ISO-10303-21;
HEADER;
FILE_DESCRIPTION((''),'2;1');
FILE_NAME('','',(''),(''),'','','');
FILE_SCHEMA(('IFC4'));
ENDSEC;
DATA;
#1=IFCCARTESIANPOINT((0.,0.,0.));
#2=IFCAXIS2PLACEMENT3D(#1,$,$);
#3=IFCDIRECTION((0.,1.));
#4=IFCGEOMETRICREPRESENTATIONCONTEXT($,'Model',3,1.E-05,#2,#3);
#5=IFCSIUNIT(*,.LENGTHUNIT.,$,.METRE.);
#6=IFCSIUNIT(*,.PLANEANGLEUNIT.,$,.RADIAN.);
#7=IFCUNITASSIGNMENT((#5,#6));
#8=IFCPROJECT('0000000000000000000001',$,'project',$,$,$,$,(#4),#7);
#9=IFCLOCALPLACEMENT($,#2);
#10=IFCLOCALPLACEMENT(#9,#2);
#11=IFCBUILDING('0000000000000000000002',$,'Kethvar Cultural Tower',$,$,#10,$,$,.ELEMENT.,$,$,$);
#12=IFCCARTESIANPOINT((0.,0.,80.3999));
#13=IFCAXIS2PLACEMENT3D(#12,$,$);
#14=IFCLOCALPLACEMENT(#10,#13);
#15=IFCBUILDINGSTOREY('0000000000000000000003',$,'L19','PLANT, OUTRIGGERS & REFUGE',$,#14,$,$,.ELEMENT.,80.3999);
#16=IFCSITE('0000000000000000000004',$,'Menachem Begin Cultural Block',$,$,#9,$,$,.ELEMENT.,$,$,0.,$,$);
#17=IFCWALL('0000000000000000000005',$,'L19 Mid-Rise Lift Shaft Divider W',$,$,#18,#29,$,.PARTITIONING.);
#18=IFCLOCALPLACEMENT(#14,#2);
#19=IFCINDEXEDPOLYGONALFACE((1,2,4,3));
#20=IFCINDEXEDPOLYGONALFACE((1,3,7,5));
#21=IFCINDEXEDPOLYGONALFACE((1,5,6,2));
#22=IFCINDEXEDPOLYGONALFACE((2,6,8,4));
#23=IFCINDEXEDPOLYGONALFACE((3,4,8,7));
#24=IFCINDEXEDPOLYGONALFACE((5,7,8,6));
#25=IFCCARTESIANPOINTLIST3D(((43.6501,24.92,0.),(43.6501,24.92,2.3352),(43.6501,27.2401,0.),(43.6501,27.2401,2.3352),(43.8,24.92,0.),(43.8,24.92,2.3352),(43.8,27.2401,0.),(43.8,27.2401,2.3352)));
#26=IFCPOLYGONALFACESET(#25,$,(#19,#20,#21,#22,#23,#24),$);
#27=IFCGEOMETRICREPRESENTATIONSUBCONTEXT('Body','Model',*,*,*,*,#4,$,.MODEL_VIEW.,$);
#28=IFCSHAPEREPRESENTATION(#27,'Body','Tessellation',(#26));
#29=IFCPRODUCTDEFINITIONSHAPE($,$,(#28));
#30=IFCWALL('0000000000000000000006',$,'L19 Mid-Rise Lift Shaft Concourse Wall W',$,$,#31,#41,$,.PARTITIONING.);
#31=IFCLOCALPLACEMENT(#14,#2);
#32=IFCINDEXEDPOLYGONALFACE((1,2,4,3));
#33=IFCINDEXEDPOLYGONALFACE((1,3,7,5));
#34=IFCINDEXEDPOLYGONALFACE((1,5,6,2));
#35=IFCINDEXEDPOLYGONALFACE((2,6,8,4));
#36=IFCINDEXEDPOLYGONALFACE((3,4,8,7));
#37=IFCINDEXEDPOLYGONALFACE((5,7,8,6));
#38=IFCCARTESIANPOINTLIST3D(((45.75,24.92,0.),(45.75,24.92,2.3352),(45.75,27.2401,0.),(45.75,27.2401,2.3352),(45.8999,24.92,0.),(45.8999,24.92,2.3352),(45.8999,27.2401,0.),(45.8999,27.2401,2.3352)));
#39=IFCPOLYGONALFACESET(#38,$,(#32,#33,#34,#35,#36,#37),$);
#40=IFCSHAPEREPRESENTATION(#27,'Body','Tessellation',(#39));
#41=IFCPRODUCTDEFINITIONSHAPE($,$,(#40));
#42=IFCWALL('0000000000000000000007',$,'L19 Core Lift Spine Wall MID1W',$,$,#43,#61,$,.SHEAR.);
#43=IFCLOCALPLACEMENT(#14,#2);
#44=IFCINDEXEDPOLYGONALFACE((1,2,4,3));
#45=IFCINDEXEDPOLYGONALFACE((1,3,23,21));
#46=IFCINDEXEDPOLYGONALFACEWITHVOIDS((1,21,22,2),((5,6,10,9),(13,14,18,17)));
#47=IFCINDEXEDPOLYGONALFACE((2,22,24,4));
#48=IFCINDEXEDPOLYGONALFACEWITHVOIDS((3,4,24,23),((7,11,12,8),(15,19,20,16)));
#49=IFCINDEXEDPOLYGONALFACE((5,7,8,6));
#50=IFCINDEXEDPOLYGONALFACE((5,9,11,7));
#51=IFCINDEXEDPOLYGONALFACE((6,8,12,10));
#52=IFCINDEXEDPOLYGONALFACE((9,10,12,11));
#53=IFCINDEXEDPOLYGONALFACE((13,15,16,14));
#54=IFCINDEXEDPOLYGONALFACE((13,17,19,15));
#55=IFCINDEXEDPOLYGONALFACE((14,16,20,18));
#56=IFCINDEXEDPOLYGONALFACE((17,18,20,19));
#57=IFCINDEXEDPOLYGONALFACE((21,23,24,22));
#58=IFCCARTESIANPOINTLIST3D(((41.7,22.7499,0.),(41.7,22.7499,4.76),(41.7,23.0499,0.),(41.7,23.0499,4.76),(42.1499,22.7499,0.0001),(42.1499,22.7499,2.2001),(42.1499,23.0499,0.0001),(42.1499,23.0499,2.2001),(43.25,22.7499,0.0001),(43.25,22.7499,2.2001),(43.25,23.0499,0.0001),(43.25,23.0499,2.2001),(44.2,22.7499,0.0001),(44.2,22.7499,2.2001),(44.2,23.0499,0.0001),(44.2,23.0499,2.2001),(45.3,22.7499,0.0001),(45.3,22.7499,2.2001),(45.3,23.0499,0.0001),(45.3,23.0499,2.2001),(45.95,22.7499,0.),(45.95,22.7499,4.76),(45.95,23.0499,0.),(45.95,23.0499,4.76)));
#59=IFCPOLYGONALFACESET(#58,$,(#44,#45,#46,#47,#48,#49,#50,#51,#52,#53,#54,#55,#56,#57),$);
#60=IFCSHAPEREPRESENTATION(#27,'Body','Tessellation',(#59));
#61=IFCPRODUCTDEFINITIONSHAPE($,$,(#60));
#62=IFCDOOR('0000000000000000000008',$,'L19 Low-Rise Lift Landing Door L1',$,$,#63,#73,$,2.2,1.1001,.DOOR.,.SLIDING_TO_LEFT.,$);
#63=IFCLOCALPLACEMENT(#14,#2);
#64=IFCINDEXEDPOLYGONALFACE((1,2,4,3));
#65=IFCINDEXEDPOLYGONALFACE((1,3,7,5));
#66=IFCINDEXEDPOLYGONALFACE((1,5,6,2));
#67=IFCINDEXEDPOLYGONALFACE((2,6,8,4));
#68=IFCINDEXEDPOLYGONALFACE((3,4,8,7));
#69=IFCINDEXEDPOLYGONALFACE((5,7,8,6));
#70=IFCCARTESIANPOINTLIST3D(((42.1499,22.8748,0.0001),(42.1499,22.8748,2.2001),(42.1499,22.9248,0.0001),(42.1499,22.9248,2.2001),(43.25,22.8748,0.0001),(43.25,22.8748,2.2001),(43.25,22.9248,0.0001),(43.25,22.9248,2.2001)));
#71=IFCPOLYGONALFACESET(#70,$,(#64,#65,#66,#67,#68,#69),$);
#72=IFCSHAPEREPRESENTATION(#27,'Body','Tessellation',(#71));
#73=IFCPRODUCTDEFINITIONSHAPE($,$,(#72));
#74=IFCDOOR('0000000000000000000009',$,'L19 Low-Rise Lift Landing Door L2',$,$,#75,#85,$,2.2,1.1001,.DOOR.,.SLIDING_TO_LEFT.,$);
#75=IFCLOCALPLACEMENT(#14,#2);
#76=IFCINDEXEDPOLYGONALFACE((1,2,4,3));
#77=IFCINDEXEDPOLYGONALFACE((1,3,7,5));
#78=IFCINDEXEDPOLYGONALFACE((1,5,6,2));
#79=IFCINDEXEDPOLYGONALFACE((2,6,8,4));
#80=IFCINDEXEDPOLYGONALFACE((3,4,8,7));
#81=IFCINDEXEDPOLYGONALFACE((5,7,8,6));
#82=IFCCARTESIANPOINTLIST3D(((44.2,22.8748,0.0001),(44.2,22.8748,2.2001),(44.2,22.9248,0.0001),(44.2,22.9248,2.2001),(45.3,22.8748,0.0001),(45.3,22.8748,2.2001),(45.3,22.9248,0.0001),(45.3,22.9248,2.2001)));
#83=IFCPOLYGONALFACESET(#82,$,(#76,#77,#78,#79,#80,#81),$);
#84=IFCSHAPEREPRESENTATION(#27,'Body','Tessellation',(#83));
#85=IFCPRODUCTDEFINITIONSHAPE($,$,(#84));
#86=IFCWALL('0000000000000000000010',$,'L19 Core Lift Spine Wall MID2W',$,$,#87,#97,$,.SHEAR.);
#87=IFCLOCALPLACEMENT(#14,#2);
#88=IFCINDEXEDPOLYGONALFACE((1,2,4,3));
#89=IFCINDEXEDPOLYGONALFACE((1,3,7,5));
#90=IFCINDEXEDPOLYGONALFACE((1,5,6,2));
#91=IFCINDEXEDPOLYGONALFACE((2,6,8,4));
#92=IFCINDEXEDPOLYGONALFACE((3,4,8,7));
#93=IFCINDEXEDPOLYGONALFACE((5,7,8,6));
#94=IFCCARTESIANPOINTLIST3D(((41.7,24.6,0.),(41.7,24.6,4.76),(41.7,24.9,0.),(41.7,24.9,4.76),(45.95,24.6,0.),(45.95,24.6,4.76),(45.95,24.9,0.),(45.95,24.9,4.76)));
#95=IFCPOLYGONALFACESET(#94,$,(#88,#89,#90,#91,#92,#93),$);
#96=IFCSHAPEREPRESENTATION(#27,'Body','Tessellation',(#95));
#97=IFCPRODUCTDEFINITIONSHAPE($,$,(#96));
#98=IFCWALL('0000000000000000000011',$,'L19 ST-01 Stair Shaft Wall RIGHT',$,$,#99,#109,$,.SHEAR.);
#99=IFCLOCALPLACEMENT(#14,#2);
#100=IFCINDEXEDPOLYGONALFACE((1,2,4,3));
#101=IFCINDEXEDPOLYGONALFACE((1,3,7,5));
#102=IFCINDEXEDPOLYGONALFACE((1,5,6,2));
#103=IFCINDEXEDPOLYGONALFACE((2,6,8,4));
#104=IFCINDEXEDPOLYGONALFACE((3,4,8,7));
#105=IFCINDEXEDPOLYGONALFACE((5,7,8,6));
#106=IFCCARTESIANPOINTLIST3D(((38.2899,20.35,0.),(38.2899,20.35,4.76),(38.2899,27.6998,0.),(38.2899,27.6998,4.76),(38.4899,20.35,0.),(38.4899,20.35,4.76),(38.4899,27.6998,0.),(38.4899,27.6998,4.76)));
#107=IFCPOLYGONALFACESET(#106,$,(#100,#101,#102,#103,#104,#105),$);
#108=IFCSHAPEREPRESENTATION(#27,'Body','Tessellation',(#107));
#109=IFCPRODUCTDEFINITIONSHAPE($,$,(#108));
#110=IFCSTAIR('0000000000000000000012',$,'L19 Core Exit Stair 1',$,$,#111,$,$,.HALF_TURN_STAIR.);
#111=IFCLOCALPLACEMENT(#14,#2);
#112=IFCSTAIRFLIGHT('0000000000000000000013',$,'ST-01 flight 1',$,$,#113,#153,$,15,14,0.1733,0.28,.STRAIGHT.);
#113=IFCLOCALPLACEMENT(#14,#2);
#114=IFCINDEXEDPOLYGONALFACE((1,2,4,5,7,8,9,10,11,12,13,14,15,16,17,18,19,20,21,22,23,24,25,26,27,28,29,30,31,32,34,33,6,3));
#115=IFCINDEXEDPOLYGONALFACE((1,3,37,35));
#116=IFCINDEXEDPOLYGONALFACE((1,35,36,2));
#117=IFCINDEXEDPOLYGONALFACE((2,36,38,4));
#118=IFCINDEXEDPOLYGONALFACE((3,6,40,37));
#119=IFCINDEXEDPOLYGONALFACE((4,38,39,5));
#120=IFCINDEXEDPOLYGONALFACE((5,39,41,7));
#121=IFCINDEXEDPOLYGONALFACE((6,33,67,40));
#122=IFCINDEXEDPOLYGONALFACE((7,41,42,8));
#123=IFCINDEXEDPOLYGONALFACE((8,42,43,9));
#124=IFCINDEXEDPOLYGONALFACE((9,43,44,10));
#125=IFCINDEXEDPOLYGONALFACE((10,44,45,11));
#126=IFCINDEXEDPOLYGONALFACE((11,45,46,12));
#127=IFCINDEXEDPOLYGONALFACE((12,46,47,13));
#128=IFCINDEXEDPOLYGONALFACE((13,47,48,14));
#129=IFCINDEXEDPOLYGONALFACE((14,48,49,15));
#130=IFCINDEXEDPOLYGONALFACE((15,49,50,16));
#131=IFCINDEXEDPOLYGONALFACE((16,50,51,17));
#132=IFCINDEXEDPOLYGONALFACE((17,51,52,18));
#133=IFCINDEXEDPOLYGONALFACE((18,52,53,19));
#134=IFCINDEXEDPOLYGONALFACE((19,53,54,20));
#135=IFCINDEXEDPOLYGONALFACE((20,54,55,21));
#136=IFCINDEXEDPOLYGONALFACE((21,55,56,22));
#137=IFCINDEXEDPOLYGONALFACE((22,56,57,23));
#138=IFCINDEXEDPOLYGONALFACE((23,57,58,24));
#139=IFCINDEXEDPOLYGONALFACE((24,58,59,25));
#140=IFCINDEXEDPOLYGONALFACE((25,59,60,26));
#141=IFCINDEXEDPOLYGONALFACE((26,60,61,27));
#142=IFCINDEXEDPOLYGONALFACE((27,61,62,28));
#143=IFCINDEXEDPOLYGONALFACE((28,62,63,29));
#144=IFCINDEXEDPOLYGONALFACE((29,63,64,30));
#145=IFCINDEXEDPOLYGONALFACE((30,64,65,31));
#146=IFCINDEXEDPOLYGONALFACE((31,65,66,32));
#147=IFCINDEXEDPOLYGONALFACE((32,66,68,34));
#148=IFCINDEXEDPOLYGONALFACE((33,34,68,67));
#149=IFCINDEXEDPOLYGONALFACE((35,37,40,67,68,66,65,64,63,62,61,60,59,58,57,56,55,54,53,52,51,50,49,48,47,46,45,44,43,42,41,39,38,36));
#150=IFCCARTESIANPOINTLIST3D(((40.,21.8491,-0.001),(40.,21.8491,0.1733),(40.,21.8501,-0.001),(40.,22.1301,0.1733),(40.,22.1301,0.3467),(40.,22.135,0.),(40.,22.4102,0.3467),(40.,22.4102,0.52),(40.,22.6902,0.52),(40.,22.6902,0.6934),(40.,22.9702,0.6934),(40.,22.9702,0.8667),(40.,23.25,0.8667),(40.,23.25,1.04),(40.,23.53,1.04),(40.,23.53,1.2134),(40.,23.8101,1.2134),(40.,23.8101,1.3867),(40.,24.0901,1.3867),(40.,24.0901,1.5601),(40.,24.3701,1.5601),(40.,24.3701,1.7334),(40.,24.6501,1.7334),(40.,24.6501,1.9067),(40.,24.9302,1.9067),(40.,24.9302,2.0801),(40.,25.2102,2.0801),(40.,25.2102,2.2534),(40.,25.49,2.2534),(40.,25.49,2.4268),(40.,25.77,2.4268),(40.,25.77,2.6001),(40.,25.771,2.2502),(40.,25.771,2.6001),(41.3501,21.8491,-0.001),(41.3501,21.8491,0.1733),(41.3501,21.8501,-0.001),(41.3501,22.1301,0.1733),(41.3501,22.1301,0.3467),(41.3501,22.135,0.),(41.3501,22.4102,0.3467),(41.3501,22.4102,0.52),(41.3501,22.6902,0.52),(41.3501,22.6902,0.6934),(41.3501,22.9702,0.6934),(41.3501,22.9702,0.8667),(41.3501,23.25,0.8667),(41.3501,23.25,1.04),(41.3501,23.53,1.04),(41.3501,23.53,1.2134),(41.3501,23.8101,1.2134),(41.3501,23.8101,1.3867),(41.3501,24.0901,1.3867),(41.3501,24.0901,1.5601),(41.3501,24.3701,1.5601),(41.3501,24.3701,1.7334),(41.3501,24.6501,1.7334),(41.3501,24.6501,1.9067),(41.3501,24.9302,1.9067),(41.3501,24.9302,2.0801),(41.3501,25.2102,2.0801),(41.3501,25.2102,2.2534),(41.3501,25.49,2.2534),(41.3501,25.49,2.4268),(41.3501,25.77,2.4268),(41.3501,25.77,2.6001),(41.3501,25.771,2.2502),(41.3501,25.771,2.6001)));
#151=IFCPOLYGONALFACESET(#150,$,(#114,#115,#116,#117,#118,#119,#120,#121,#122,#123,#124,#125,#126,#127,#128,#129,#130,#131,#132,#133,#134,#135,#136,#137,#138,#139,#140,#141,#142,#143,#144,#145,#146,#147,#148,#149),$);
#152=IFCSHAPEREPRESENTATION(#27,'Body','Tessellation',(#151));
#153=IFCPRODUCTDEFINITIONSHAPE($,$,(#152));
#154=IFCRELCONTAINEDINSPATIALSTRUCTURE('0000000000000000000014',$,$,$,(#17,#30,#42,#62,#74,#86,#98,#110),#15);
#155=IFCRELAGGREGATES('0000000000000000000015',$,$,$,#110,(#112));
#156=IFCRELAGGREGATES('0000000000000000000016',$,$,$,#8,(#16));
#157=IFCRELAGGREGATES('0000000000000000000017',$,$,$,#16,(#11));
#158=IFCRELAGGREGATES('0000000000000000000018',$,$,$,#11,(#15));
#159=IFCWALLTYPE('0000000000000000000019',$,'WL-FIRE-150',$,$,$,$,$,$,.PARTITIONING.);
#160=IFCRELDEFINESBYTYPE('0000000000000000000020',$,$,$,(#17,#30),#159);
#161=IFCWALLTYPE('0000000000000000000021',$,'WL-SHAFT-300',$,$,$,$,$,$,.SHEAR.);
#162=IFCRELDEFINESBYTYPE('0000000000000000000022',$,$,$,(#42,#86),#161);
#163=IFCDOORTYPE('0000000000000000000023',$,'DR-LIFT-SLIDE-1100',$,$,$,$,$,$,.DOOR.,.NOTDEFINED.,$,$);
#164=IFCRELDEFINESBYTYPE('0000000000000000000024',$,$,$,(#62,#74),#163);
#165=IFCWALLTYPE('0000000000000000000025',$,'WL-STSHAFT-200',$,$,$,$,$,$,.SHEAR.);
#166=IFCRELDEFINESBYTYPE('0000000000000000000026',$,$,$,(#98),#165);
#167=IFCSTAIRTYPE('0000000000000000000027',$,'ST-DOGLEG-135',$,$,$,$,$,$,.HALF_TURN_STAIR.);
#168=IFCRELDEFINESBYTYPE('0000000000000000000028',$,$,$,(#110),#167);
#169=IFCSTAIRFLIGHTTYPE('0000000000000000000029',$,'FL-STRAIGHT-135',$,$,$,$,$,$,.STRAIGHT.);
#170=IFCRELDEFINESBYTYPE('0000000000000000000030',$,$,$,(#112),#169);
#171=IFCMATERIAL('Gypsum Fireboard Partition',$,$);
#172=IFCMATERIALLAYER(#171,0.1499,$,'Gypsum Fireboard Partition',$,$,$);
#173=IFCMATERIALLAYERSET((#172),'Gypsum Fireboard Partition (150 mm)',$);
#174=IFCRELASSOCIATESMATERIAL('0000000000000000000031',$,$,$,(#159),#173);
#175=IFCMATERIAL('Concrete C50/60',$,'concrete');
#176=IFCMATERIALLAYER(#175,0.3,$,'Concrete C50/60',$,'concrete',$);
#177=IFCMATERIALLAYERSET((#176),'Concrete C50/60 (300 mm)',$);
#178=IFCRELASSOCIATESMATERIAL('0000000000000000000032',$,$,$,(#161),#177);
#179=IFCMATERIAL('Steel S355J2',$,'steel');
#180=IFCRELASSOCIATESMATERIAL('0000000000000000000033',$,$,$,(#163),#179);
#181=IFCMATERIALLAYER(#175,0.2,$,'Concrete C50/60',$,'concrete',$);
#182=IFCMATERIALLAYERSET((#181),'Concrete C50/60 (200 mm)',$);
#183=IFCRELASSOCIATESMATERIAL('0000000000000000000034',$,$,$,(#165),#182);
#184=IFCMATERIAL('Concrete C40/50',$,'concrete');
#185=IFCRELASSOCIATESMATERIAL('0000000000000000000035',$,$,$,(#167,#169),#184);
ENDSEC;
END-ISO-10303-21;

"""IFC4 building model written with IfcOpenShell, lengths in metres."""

from ifc_helpers import new_model, si_unit, direction, frame, frame_2d, origin, place, context, subcontext, project, spatial, polyline, rectangle, outline, extrude, source, transform, mapped, material, layer, layer_set, type_object, element, fill, aggregate, save


model = new_model("IFC4")

# Units and contexts
model_context = context("Model", 3, precision=1e-05, world=origin(), true_north=direction((0.0, 1.0)))
body_context = subcontext(model_context, "Body", "Model", "MODEL_VIEW")
ifc_project = project(units=[si_unit("LENGTHUNIT", "METRE"), si_unit("PLANEANGLEUNIT", "RADIAN")], contexts=[model_context])

# Site, building, storey
site_placement = place(None, origin())
site = spatial("IfcSite", under=ifc_project, at=site_placement, Name="Menachem Begin Cultural Block", CompositionType="ELEMENT", RefElevation=0.0)
building_placement = place(site_placement, origin())
building = spatial("IfcBuilding", under=site, at=building_placement, Name="Kethvar Cultural Tower", CompositionType="ELEMENT")
storey_placement = place(building_placement, frame((0.0, 0.0, 80.3999)))
storey = spatial("IfcBuildingStorey", under=building, at=storey_placement, Name="L19", Description="PLANT, OUTRIGGERS & REFUGE", CompositionType="ELEMENT", Elevation=80.3999)

# Shared definitions
ifc_material_1 = material(Name="Gypsum Fireboard Partition")
ifc_layer_1 = layer(ifc_material_1, 0.1499, Name="Gypsum Fireboard Partition")
ifc_layer_set_1 = layer_set([ifc_layer_1], Name="Gypsum Fireboard Partition (150 mm)")
wall_type_1 = type_object("IfcWallType", Name="WL-FIRE-150", PredefinedType="PARTITIONING", material=ifc_layer_set_1)
ifc_material_2 = material(Name="Steel S355J2", Category="steel")

# Walls
for number, where, z_axis, x_axis, name in (
    (1, (43.7251, 24.9199, 0.0), (0.0, 0.0, 1.0), (0.0, 1.0, 0.0), "L19 Mid-Rise Lift Shaft Divider W"),
    (2, (45.825, 24.9199, 0.0), (0.0, 0.0, 1.0), (0.0, 1.0, 0.0), "L19 Mid-Rise Lift Shaft Concourse Wall W"),
):
    element("IfcWall", number, at=place(storey_placement, frame(where, z_axis=z_axis, x_axis=x_axis)), inside=storey, type_object=wall_type_1, Name=name, PredefinedType="PARTITIONING", context=body_context, shape_type="SweptSolid", body=[
        extrude(rectangle(XDim=2.3201, YDim=0.1499, at=frame_2d((1.1602, 0.0))), origin(), (0.0, 0.0, 1.0), 2.3352),
    ])

# Wall, openings, doors
ifc_material_3 = material(Name="Concrete C50/60", Category="concrete")
ifc_layer_2 = layer(ifc_material_3, 0.3, Name="Concrete C50/60", Category="concrete")
ifc_layer_set_2 = layer_set([ifc_layer_2], Name="Concrete C50/60 (300 mm)")
wall_type_2 = type_object("IfcWallType", Name="WL-SHAFT-300", PredefinedType="SHEAR", material=ifc_layer_set_2)
wall_1_placement = place(storey_placement, frame((41.7, 22.8999, 0.0), z_axis=(0.0, 0.0, 1.0), x_axis=(1.0, 0.0, 0.0)))
wall_1 = element("IfcWall", 3, at=wall_1_placement, inside=storey, type_object=wall_type_2, Name="L19 Core Lift Spine Wall MID1W", PredefinedType="SHEAR", context=body_context, shape_type="SweptSolid", body=[
    extrude(rectangle(XDim=4.25, YDim=0.3, at=frame_2d((2.125, 0.0))), origin(), (0.0, 0.0, 1.0), 4.76),
])
opening_1_placement = place(wall_1_placement, frame((0.45, 0.0, 0.0)))
opening_1 = element("IfcOpeningElement", 4, at=opening_1_placement, cuts=wall_1, PredefinedType="OPENING", context=body_context, shape_type="SweptSolid", body=[
    extrude(rectangle(XDim=1.1001, YDim=2.2, at=frame_2d((0.55, 1.1001))), frame((0.0, 0.1599, 0.0), z_axis=(0.0, -1.0, 0.0), x_axis=(1.0, 0.0, 0.0)), (0.0, 0.0, 1.0), 0.3201),
])
opening_2_placement = place(wall_1_placement, frame((2.5, 0.0, 0.0)))
opening_2 = element("IfcOpeningElement", 5, at=opening_2_placement, cuts=wall_1, PredefinedType="OPENING", context=body_context, shape_type="SweptSolid", body=[
    extrude(rectangle(XDim=1.1001, YDim=2.2, at=frame_2d((0.55, 1.1001))), frame((0.0, 0.1599, 0.0), z_axis=(0.0, -1.0, 0.0), x_axis=(1.0, 0.0, 0.0)), (0.0, 0.0, 1.0), 0.3201),
])
door_type_1 = type_object("IfcDoorType", Name="DR-LIFT-SLIDE-1100", OperationType="NOTDEFINED", PredefinedType="DOOR", material=ifc_material_2)
shared_shape_1 = source(origin(), body_context, "Body", "SweptSolid", [
    extrude(rectangle(XDim=1.1001, YDim=2.2, at=frame_2d((0.55, 1.1001))), frame((0.0, 0.0249, 0.0), z_axis=(0.0, -1.0, 0.0), x_axis=(1.0, 0.0, 0.0)), (0.0, 0.0, 1.0), 0.05),
])
door_1_placement = place(opening_1_placement, origin())
door_1 = element("IfcDoor", 6, at=door_1_placement, inside=storey, type_object=door_type_1, Name="L19 Low-Rise Lift Landing Door L1", OperationType="SLIDING_TO_LEFT", OverallHeight=2.2, OverallWidth=1.1001, PredefinedType="DOOR", context=body_context, shape_type="MappedRepresentation", body=[
    mapped(shared_shape_1, transform((0.0, 0.0, 0.0), scale=1.0)),
])
fill(opening_1, door_1)
door_2_placement = place(opening_2_placement, origin())
door_2 = element("IfcDoor", 7, at=door_2_placement, inside=storey, type_object=door_type_1, Name="L19 Low-Rise Lift Landing Door L2", OperationType="SLIDING_TO_LEFT", OverallHeight=2.2, OverallWidth=1.1001, PredefinedType="DOOR", context=body_context, shape_type="MappedRepresentation", body=[
    mapped(shared_shape_1, transform((0.0, 0.0, 0.0), scale=1.0)),
])
fill(opening_2, door_2)

# Walls
wall_2_placement = place(storey_placement, frame((41.7, 24.75, 0.0), z_axis=(0.0, 0.0, 1.0), x_axis=(1.0, 0.0, 0.0)))
element("IfcWall", 8, at=wall_2_placement, inside=storey, type_object=wall_type_2, Name="L19 Core Lift Spine Wall MID2W", PredefinedType="SHEAR", context=body_context, shape_type="SweptSolid", body=[
    extrude(rectangle(XDim=4.25, YDim=0.3, at=frame_2d((2.125, 0.0))), origin(), (0.0, 0.0, 1.0), 4.76),
])
ifc_layer_3 = layer(ifc_material_3, 0.2, Name="Concrete C50/60", Category="concrete")
ifc_layer_set_3 = layer_set([ifc_layer_3], Name="Concrete C50/60 (200 mm)")
wall_type_3 = type_object("IfcWallType", Name="WL-STSHAFT-200", PredefinedType="SHEAR", material=ifc_layer_set_3)
wall_3_placement = place(storey_placement, frame((38.3899, 20.3501, 0.0), z_axis=(0.0, 0.0, 1.0), x_axis=(0.0, 1.0, 0.0)))
element("IfcWall", 9, at=wall_3_placement, inside=storey, type_object=wall_type_3, Name="L19 ST-01 Stair Shaft Wall RIGHT", PredefinedType="SHEAR", context=body_context, shape_type="SweptSolid", body=[
    extrude(rectangle(XDim=7.3499, YDim=0.2, at=frame_2d((3.6748, 0.0))), origin(), (0.0, 0.0, 1.0), 4.76),
])

# Stair, stair flight
ifc_material_4 = material(Name="Concrete C40/50", Category="concrete")
stair_type = type_object("IfcStairType", Name="ST-DOGLEG-135", PredefinedType="HALF_TURN_STAIR", material=ifc_material_4)
stair_placement = place(storey_placement, origin())
stair = element("IfcStair", 10, at=stair_placement, inside=storey, type_object=stair_type, Name="L19 Core Exit Stair 1", PredefinedType="HALF_TURN_STAIR")
stair_flight_type = type_object("IfcStairFlightType", Name="FL-STRAIGHT-135", PredefinedType="STRAIGHT", material=ifc_material_4)
stair_flight_1_placement = place(storey_placement, frame((40.675, 21.8501, 0.0), z_axis=(0.0, 0.0, 1.0), x_axis=(0.0, 1.0, 0.0)))
stair_flight_1 = element("IfcStairFlight", 11, at=stair_flight_1_placement, type_object=stair_flight_type, Name="ST-01 flight 1", NumberOfRisers=15, NumberOfTreads=14, PredefinedType="STRAIGHT", RiserHeight=0.1733, TreadLength=0.28, context=body_context, shape_type="SweptSolid", body=[
    extrude(outline(polyline([(-0.001, -0.001), (-0.001, 0.1733), (0.28, 0.1733), (0.28, 0.3467), (0.5601, 0.3467), (0.5601, 0.52), (0.8401, 0.52), (0.8401, 0.6934), (1.1201, 0.6934), (1.1201, 0.8667), (1.3999, 0.8667), (1.3999, 1.04), (1.6799, 1.04), (1.6799, 1.2134), (1.96, 1.2134), (1.96, 1.3867), (2.24, 1.3867), (2.24, 1.5601), (2.52, 1.5601), (2.52, 1.7334), (2.8, 1.7334), (2.8, 1.9067), (3.0801, 1.9067), (3.0801, 2.0801), (3.3601, 2.0801), (3.3601, 2.2534), (3.6399, 2.2534), (3.6399, 2.4268), (3.9199, 2.4268), (3.9199, 2.6001), (3.9209, 2.6001), (3.9209, 2.2502), (0.2849, 0.0), (0.0, -0.001), (-0.001, -0.001)])), frame((0.0, 0.675, 0.0), z_axis=(0.0, -1.0, 0.0), x_axis=(1.0, 0.0, 0.0)), (0.0, 0.0, 1.0), 1.3501),
])
aggregate(stair, [stair_flight_1])

save(model, "model.ifc")
